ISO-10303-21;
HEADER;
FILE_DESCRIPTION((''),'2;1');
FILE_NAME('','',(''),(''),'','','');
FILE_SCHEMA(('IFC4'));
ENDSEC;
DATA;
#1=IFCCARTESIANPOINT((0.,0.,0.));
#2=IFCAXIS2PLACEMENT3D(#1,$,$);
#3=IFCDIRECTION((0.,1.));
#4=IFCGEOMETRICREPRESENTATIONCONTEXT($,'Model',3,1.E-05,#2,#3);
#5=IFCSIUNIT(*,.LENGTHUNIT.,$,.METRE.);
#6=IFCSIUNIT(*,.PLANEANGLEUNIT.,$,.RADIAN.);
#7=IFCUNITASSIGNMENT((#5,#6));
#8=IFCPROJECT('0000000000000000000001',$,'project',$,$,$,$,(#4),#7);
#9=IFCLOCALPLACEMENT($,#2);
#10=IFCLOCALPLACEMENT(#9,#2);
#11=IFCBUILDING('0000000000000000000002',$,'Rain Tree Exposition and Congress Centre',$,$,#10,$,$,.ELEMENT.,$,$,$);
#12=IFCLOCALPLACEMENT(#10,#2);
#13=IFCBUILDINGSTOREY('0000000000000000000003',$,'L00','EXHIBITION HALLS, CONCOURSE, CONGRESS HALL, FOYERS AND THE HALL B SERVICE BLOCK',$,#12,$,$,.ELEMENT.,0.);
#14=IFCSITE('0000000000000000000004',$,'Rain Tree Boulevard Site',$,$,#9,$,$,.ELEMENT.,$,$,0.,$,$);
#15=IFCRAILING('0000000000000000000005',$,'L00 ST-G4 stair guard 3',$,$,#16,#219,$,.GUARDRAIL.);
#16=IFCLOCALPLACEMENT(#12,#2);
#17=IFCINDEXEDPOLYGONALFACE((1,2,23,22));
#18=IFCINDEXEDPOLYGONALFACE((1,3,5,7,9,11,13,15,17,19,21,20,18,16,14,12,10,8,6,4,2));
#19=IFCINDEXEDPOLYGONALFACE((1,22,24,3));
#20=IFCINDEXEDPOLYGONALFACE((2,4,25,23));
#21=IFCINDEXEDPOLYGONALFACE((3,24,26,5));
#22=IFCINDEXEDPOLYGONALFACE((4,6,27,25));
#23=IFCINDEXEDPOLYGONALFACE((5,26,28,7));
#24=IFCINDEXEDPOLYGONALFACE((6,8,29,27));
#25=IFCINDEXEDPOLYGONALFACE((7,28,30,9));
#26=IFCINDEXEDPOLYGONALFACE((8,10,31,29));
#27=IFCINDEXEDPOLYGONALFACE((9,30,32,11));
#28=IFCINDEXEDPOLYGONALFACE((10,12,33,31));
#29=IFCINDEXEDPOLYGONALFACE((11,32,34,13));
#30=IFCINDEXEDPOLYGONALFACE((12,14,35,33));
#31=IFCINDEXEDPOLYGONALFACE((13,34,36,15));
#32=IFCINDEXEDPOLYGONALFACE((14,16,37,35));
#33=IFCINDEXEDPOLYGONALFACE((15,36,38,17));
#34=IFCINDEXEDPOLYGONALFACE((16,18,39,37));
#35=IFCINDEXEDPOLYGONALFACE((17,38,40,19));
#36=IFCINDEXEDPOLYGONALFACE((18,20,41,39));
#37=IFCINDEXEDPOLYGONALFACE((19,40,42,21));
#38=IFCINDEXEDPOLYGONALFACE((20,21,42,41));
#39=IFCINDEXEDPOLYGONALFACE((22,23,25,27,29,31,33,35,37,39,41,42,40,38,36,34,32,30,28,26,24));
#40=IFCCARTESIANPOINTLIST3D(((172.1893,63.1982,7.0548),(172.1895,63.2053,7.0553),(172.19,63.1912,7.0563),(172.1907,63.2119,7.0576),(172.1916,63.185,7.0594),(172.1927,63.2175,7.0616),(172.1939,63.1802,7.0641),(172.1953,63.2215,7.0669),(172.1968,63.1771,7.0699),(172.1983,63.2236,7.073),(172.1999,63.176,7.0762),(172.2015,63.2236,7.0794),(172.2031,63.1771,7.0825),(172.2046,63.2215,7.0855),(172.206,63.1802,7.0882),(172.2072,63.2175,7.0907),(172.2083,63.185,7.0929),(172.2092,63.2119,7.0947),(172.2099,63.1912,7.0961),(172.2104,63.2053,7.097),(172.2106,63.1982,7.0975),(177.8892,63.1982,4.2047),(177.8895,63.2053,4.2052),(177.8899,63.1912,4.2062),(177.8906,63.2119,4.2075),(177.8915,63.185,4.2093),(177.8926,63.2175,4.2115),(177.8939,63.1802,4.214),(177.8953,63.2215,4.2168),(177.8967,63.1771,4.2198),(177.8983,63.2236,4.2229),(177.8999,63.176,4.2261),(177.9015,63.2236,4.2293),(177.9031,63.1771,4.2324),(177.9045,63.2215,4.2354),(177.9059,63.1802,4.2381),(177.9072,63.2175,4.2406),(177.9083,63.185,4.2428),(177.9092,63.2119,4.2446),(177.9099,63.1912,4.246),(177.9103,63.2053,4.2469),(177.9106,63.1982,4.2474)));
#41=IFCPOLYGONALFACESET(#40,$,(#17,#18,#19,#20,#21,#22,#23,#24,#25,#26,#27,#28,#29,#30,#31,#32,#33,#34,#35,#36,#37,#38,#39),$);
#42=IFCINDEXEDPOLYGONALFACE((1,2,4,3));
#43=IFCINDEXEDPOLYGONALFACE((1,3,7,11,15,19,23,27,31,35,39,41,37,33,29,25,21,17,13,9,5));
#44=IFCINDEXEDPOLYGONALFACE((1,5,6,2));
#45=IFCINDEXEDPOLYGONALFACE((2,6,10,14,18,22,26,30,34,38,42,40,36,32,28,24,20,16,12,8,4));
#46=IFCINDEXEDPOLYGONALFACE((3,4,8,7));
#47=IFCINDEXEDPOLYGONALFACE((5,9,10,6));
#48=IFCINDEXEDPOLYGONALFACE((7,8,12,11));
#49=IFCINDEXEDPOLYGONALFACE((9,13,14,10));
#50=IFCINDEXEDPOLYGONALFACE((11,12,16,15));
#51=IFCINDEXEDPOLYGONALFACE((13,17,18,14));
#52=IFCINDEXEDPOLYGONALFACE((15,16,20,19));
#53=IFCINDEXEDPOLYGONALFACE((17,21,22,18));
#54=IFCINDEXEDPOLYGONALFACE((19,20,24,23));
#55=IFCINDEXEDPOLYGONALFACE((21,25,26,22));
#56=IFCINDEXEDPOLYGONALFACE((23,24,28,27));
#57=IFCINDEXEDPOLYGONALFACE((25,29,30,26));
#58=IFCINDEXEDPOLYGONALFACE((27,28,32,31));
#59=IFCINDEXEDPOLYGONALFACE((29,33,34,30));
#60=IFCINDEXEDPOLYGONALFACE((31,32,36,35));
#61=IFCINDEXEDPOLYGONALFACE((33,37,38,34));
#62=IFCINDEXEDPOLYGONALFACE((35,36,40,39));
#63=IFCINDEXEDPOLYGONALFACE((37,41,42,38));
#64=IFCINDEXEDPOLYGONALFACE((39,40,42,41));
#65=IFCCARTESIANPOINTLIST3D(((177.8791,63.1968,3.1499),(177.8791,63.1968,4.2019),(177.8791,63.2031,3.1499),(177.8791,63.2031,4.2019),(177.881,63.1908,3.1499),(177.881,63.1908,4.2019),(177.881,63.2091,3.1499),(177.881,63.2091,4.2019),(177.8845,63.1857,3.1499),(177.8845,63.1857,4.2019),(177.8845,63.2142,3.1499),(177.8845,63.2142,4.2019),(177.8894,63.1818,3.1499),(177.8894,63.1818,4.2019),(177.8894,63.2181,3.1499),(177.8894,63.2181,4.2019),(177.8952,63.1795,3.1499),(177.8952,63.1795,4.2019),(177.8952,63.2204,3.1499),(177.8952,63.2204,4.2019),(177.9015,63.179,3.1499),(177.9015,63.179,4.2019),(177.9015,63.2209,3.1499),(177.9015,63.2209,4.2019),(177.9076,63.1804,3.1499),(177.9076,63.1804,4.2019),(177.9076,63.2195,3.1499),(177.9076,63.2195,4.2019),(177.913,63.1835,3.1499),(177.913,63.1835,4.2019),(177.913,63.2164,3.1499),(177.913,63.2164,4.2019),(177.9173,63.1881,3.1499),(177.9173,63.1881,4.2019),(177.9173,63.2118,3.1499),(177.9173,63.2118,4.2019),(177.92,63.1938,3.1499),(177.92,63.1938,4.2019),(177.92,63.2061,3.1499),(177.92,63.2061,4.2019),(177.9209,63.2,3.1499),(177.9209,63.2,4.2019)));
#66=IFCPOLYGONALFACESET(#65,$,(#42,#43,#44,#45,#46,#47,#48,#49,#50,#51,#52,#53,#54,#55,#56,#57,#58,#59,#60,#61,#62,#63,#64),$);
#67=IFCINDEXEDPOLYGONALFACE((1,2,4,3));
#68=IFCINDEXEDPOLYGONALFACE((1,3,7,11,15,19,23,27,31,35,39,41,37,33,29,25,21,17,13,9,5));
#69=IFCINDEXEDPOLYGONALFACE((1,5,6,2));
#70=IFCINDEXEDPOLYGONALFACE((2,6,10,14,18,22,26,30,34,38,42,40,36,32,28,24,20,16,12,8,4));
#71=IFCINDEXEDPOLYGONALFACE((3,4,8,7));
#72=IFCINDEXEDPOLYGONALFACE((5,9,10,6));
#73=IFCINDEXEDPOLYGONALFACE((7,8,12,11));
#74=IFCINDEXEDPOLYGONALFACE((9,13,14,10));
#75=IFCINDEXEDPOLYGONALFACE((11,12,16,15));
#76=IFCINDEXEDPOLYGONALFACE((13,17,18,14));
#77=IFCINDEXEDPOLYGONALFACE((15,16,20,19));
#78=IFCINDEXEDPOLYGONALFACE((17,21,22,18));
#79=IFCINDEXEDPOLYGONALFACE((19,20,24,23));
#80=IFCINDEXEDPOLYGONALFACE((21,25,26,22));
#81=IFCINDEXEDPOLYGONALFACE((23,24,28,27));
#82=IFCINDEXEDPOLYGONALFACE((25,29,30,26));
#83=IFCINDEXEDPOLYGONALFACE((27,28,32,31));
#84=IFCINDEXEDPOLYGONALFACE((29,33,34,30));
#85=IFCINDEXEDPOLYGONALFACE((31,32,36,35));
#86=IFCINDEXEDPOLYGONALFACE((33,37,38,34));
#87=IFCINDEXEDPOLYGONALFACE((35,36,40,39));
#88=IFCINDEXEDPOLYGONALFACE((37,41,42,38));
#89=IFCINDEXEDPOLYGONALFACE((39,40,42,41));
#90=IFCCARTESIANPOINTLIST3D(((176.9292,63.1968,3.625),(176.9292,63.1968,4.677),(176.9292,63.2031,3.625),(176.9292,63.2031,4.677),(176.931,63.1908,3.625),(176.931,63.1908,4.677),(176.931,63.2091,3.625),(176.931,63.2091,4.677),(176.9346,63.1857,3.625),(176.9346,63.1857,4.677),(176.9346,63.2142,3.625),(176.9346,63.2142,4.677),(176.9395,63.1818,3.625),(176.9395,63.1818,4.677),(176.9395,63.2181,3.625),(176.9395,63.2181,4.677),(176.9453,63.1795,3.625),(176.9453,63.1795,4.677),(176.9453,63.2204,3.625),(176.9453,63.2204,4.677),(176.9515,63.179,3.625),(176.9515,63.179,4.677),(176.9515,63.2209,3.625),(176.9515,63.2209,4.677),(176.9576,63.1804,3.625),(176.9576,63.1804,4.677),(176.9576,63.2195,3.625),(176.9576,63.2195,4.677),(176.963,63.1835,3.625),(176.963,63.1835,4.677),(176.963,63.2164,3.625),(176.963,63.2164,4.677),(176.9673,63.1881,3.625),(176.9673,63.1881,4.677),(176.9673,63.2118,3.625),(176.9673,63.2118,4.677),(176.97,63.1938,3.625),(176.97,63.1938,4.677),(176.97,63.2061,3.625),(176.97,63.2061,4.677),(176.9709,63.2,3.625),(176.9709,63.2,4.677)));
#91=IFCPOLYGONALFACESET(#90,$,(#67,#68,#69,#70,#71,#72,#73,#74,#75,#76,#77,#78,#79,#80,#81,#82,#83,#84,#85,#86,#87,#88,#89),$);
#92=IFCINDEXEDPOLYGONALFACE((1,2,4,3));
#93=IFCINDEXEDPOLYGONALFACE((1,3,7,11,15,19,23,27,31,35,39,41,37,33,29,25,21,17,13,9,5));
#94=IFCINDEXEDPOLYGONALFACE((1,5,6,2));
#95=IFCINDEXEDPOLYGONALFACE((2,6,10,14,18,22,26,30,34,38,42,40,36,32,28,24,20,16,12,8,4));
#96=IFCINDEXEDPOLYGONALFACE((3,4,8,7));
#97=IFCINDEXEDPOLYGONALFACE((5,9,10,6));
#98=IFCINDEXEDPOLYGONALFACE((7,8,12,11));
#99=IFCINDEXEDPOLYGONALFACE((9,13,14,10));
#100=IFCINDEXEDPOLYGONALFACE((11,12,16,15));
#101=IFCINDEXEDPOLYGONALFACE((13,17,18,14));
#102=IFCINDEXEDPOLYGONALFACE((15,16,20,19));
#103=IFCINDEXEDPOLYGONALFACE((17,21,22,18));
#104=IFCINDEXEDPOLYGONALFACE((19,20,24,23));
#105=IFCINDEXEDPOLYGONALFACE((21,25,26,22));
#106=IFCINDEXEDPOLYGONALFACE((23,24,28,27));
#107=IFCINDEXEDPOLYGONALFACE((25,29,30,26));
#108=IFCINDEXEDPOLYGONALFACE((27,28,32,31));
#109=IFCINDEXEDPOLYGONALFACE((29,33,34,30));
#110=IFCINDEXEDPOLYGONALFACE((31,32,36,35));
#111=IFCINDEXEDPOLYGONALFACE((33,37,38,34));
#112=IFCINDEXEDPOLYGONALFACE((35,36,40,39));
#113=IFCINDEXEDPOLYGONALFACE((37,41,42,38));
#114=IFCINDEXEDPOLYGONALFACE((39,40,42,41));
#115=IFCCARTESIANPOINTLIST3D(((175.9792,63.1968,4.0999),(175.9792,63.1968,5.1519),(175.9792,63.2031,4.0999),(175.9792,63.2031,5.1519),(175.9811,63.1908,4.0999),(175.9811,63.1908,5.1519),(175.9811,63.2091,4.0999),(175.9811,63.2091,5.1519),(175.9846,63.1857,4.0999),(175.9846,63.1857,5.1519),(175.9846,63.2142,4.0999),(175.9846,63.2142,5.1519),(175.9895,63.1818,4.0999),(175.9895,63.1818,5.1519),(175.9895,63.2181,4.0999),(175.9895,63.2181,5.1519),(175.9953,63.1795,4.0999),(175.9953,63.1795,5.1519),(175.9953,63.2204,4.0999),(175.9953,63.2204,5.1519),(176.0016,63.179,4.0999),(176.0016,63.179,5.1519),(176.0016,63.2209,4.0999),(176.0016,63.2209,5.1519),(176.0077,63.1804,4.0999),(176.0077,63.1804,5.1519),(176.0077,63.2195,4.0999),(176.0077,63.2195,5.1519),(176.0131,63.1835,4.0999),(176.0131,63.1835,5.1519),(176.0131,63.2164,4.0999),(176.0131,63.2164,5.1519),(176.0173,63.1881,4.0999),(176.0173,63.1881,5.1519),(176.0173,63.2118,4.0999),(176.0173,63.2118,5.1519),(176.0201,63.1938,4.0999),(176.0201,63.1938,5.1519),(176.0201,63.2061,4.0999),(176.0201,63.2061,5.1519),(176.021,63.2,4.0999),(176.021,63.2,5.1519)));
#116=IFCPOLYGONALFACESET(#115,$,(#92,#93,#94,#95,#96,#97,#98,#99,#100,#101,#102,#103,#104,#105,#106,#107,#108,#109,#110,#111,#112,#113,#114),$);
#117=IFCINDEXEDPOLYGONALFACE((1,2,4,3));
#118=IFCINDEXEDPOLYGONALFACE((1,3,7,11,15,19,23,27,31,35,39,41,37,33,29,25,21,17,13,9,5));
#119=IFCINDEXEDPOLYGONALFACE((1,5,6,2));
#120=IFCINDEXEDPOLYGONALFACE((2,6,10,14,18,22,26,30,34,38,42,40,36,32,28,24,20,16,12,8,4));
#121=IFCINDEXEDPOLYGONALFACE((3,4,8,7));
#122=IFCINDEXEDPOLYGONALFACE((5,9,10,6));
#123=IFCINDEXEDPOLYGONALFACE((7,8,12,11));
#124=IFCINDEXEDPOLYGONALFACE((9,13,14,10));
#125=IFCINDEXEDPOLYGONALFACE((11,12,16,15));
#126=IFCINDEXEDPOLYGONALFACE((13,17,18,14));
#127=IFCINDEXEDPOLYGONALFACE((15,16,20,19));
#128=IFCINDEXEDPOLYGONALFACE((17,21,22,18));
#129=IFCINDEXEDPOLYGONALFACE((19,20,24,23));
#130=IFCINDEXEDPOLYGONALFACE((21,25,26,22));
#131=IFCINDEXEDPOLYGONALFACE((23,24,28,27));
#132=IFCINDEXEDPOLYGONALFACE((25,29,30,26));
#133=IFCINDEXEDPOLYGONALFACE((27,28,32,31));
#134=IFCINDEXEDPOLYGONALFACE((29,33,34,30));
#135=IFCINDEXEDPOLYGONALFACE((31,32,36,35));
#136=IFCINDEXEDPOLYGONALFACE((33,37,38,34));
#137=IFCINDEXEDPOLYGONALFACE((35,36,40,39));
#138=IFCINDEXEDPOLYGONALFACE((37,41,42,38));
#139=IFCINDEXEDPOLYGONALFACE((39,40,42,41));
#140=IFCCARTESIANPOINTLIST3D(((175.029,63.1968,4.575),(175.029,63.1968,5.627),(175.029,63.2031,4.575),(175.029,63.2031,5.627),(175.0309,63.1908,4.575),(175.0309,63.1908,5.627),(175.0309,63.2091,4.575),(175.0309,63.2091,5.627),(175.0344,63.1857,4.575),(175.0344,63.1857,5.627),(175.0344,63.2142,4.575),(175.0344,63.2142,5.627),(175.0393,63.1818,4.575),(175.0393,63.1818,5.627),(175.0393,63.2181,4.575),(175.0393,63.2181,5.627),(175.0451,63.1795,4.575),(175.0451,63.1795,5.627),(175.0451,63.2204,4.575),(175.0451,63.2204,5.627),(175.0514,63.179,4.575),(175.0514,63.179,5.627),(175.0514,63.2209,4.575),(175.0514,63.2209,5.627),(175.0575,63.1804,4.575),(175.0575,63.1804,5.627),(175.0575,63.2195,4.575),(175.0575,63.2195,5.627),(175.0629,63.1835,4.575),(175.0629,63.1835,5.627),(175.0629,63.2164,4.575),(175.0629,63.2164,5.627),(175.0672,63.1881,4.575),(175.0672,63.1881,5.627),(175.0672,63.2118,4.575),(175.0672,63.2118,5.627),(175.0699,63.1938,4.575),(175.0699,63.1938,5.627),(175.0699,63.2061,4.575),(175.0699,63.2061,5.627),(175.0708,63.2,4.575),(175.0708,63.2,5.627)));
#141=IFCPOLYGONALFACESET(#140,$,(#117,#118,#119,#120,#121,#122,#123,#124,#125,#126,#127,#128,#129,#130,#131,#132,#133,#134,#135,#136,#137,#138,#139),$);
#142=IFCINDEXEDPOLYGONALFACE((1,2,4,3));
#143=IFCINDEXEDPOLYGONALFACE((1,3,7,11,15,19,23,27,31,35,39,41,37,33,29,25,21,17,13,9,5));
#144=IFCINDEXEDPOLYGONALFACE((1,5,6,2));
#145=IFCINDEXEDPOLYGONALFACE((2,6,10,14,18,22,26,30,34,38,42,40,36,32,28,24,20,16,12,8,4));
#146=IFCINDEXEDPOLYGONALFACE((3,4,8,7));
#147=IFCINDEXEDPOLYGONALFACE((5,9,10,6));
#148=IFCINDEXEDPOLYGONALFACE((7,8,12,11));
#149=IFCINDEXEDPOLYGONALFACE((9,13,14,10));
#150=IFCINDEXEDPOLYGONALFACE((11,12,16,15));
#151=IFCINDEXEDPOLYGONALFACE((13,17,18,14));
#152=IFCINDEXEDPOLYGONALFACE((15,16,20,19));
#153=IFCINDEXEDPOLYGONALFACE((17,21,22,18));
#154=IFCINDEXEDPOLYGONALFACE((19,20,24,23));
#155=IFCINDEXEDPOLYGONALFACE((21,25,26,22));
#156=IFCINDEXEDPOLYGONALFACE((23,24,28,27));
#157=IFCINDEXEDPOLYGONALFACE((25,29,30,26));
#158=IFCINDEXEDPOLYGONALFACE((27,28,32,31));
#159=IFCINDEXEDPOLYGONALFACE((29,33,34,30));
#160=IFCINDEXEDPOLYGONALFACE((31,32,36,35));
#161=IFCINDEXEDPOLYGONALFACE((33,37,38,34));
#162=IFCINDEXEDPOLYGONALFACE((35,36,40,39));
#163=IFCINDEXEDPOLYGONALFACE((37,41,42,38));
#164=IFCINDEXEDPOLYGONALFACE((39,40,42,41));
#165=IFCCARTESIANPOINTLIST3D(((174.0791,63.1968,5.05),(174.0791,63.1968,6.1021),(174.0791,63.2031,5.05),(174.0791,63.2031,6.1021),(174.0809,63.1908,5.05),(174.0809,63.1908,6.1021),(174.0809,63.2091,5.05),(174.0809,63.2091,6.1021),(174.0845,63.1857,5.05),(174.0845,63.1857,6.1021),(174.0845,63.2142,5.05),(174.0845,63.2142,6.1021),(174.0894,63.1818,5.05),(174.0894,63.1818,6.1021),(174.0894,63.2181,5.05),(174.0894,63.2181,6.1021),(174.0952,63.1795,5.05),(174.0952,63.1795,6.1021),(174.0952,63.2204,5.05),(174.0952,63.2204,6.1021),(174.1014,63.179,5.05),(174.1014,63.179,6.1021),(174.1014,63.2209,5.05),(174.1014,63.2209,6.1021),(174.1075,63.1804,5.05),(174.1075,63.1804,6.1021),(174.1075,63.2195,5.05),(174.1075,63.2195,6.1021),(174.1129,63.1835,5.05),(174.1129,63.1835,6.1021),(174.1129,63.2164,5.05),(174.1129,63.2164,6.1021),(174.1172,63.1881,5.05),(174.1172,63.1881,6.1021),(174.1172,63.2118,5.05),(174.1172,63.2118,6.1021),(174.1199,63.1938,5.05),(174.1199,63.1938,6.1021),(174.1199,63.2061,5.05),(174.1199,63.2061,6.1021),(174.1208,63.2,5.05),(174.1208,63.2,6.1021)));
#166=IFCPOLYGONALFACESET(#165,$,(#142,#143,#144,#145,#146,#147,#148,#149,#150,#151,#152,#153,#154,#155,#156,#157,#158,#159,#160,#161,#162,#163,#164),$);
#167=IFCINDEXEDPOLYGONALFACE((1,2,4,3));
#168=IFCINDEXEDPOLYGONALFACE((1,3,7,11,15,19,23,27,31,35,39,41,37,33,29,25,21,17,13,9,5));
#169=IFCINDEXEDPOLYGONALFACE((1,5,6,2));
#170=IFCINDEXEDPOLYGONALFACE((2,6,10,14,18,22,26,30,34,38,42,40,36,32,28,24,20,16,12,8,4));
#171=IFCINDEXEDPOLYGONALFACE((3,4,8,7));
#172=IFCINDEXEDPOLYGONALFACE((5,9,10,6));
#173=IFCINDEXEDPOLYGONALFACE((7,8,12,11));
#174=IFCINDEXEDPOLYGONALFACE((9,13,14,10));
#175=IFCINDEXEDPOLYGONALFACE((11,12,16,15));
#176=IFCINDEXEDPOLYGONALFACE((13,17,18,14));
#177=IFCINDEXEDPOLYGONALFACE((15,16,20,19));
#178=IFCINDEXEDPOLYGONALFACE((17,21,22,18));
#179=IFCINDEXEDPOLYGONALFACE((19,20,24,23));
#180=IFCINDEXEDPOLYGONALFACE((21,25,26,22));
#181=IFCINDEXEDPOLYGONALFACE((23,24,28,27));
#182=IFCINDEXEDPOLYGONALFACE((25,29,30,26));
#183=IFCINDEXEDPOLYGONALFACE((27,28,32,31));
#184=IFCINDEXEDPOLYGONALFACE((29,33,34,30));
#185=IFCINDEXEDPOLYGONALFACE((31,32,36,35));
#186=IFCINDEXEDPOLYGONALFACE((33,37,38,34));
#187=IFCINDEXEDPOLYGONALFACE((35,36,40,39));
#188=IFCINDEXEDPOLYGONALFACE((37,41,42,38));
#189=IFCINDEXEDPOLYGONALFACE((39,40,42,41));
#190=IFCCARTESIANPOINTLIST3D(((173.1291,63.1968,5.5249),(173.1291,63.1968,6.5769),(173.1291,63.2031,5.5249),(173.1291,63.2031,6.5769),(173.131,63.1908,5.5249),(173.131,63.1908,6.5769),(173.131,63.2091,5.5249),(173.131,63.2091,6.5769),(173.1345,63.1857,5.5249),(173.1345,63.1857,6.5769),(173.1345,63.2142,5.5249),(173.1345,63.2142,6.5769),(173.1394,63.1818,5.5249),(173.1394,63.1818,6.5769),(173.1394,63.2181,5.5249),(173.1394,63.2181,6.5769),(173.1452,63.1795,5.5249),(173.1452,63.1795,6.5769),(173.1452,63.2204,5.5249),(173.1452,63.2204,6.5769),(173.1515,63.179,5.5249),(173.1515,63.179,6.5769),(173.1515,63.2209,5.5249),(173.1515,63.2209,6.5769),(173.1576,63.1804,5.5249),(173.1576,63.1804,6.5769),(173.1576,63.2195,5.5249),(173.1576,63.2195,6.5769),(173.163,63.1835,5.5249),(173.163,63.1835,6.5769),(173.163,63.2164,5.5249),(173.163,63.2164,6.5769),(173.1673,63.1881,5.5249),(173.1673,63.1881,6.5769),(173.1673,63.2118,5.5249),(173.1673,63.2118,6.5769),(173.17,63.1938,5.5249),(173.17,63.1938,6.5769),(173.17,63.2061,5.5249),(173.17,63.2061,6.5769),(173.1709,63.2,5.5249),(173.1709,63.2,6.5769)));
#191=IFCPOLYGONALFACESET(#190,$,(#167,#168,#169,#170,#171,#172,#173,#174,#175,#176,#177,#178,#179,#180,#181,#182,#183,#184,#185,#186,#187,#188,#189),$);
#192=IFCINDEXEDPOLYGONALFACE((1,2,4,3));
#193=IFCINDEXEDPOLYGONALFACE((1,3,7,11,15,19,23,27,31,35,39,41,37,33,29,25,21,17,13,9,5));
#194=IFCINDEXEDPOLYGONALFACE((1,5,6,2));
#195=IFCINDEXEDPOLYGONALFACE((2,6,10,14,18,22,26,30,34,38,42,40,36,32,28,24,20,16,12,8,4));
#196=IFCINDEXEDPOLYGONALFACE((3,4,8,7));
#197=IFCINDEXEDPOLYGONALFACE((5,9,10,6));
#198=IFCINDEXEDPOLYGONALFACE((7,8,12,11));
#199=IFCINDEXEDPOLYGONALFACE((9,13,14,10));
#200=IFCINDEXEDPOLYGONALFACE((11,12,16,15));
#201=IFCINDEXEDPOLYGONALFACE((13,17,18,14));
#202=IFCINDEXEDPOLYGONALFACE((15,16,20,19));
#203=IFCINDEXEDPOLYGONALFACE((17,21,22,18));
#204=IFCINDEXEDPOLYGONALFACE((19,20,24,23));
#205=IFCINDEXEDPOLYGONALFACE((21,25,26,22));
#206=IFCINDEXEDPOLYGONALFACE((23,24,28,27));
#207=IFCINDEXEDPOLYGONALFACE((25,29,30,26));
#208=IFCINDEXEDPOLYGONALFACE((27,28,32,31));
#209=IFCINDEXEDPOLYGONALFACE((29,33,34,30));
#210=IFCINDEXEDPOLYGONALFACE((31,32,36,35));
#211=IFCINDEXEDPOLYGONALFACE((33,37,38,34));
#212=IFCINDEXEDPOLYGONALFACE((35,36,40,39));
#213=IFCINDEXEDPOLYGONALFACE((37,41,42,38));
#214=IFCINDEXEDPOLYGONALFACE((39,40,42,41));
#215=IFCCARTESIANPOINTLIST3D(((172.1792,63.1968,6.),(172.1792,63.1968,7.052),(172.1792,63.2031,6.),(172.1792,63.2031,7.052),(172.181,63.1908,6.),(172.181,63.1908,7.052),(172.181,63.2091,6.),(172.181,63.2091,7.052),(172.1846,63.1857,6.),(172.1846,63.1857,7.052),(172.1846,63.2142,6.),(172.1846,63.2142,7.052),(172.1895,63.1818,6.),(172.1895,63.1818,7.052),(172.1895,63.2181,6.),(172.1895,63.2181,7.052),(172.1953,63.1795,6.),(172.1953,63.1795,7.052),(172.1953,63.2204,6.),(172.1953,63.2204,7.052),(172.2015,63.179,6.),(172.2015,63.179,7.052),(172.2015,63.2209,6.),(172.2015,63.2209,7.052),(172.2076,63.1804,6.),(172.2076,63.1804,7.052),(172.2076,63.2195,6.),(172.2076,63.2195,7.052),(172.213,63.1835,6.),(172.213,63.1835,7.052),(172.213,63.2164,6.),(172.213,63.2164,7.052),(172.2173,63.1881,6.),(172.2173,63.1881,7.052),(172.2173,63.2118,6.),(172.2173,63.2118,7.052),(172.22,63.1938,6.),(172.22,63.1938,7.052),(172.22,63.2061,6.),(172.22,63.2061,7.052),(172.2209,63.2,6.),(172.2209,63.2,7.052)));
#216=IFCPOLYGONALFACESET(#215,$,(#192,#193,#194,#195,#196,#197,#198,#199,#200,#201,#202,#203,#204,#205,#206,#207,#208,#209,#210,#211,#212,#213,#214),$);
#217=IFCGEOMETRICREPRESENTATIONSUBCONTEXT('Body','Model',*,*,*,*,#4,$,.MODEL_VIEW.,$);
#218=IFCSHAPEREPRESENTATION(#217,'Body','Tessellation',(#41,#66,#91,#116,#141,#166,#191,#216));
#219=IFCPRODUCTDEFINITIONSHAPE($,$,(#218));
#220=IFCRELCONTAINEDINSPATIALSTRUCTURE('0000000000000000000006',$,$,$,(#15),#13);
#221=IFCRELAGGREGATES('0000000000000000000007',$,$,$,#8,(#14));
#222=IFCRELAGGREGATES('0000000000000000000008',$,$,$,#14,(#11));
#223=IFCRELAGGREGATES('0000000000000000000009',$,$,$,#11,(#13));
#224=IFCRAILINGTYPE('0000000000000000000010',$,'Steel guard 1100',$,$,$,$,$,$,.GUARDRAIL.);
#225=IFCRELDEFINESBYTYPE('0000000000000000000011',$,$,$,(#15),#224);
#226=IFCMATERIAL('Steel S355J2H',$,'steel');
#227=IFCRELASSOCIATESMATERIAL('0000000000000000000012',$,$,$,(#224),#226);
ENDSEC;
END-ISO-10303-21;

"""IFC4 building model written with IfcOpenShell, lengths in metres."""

from ifc_helpers import new_model, si_unit, direction, frame, origin, origin_2d, place, context, subcontext, project, spatial, circle, extrude, material, type_object, element, save


model = new_model("IFC4")

# Units and contexts
model_context = context("Model", 3, precision=1e-05, world=origin(), true_north=direction((0.0, 1.0)))
body_context = subcontext(model_context, "Body", "Model", "MODEL_VIEW")
ifc_project = project(units=[si_unit("LENGTHUNIT", "METRE"), si_unit("PLANEANGLEUNIT", "RADIAN")], contexts=[model_context])

# Site, building, storey
site_placement = place(None, origin())
site = spatial("IfcSite", under=ifc_project, at=site_placement, Name="Rain Tree Boulevard Site", CompositionType="ELEMENT", RefElevation=0.0)
building_placement = place(site_placement, origin())
building = spatial("IfcBuilding", under=site, at=building_placement, Name="Rain Tree Exposition and Congress Centre", CompositionType="ELEMENT")
storey_placement = place(building_placement, origin())
storey = spatial("IfcBuildingStorey", under=building, at=storey_placement, Name="L00", Description="EXHIBITION HALLS, CONCOURSE, CONGRESS HALL, FOYERS AND THE HALL B SERVICE BLOCK", CompositionType="ELEMENT", Elevation=0.0)

# Railing
ifc_material_1 = material(Name="Steel S355J2H", Category="steel")
railing_type_1 = type_object("IfcRailingType", Name="Steel guard 1100", PredefinedType="GUARDRAIL", material=ifc_material_1)
railing_1_placement = place(storey_placement, frame((177.8999, 63.2, 3.1499)))
element("IfcRailing", 1, at=railing_1_placement, inside=storey, type_object=railing_type_1, Name="L00 ST-G4 stair guard 3", PredefinedType="GUARDRAIL", context=body_context, shape_type="SweptSolid", body=[
    extrude(circle(Radius=0.0239, at=origin_2d()), frame((0.0, 0.0, 1.0762), z_axis=(-0.89442, 0.0, 0.447229), x_axis=(0.0, -1.0, 0.0)), (0.0, 0.0, 1.0), 6.3728),
    extrude(circle(Radius=0.021, at=origin_2d()), origin(), (0.0, 0.0, 1.0), 1.052),
    extrude(circle(Radius=0.021, at=origin_2d()), frame((-0.95, 0.0, 0.4751)), (0.0, 0.0, 1.0), 1.052),
    extrude(circle(Radius=0.021, at=origin_2d()), frame((-1.8999, 0.0, 0.95)), (0.0, 0.0, 1.0), 1.052),
    extrude(circle(Radius=0.021, at=origin_2d()), frame((-2.8501, 0.0, 1.425)), (0.0, 0.0, 1.0), 1.052),
    extrude(circle(Radius=0.021, at=origin_2d()), frame((-3.8, 0.0, 1.9001)), (0.0, 0.0, 1.0), 1.052),
    extrude(circle(Radius=0.021, at=origin_2d()), frame((-4.75, 0.0, 2.375)), (0.0, 0.0, 1.0), 1.052),
    extrude(circle(Radius=0.021, at=origin_2d()), frame((-5.7, 0.0, 2.8501)), (0.0, 0.0, 1.0), 1.052),
])

save(model, "model.ifc")
